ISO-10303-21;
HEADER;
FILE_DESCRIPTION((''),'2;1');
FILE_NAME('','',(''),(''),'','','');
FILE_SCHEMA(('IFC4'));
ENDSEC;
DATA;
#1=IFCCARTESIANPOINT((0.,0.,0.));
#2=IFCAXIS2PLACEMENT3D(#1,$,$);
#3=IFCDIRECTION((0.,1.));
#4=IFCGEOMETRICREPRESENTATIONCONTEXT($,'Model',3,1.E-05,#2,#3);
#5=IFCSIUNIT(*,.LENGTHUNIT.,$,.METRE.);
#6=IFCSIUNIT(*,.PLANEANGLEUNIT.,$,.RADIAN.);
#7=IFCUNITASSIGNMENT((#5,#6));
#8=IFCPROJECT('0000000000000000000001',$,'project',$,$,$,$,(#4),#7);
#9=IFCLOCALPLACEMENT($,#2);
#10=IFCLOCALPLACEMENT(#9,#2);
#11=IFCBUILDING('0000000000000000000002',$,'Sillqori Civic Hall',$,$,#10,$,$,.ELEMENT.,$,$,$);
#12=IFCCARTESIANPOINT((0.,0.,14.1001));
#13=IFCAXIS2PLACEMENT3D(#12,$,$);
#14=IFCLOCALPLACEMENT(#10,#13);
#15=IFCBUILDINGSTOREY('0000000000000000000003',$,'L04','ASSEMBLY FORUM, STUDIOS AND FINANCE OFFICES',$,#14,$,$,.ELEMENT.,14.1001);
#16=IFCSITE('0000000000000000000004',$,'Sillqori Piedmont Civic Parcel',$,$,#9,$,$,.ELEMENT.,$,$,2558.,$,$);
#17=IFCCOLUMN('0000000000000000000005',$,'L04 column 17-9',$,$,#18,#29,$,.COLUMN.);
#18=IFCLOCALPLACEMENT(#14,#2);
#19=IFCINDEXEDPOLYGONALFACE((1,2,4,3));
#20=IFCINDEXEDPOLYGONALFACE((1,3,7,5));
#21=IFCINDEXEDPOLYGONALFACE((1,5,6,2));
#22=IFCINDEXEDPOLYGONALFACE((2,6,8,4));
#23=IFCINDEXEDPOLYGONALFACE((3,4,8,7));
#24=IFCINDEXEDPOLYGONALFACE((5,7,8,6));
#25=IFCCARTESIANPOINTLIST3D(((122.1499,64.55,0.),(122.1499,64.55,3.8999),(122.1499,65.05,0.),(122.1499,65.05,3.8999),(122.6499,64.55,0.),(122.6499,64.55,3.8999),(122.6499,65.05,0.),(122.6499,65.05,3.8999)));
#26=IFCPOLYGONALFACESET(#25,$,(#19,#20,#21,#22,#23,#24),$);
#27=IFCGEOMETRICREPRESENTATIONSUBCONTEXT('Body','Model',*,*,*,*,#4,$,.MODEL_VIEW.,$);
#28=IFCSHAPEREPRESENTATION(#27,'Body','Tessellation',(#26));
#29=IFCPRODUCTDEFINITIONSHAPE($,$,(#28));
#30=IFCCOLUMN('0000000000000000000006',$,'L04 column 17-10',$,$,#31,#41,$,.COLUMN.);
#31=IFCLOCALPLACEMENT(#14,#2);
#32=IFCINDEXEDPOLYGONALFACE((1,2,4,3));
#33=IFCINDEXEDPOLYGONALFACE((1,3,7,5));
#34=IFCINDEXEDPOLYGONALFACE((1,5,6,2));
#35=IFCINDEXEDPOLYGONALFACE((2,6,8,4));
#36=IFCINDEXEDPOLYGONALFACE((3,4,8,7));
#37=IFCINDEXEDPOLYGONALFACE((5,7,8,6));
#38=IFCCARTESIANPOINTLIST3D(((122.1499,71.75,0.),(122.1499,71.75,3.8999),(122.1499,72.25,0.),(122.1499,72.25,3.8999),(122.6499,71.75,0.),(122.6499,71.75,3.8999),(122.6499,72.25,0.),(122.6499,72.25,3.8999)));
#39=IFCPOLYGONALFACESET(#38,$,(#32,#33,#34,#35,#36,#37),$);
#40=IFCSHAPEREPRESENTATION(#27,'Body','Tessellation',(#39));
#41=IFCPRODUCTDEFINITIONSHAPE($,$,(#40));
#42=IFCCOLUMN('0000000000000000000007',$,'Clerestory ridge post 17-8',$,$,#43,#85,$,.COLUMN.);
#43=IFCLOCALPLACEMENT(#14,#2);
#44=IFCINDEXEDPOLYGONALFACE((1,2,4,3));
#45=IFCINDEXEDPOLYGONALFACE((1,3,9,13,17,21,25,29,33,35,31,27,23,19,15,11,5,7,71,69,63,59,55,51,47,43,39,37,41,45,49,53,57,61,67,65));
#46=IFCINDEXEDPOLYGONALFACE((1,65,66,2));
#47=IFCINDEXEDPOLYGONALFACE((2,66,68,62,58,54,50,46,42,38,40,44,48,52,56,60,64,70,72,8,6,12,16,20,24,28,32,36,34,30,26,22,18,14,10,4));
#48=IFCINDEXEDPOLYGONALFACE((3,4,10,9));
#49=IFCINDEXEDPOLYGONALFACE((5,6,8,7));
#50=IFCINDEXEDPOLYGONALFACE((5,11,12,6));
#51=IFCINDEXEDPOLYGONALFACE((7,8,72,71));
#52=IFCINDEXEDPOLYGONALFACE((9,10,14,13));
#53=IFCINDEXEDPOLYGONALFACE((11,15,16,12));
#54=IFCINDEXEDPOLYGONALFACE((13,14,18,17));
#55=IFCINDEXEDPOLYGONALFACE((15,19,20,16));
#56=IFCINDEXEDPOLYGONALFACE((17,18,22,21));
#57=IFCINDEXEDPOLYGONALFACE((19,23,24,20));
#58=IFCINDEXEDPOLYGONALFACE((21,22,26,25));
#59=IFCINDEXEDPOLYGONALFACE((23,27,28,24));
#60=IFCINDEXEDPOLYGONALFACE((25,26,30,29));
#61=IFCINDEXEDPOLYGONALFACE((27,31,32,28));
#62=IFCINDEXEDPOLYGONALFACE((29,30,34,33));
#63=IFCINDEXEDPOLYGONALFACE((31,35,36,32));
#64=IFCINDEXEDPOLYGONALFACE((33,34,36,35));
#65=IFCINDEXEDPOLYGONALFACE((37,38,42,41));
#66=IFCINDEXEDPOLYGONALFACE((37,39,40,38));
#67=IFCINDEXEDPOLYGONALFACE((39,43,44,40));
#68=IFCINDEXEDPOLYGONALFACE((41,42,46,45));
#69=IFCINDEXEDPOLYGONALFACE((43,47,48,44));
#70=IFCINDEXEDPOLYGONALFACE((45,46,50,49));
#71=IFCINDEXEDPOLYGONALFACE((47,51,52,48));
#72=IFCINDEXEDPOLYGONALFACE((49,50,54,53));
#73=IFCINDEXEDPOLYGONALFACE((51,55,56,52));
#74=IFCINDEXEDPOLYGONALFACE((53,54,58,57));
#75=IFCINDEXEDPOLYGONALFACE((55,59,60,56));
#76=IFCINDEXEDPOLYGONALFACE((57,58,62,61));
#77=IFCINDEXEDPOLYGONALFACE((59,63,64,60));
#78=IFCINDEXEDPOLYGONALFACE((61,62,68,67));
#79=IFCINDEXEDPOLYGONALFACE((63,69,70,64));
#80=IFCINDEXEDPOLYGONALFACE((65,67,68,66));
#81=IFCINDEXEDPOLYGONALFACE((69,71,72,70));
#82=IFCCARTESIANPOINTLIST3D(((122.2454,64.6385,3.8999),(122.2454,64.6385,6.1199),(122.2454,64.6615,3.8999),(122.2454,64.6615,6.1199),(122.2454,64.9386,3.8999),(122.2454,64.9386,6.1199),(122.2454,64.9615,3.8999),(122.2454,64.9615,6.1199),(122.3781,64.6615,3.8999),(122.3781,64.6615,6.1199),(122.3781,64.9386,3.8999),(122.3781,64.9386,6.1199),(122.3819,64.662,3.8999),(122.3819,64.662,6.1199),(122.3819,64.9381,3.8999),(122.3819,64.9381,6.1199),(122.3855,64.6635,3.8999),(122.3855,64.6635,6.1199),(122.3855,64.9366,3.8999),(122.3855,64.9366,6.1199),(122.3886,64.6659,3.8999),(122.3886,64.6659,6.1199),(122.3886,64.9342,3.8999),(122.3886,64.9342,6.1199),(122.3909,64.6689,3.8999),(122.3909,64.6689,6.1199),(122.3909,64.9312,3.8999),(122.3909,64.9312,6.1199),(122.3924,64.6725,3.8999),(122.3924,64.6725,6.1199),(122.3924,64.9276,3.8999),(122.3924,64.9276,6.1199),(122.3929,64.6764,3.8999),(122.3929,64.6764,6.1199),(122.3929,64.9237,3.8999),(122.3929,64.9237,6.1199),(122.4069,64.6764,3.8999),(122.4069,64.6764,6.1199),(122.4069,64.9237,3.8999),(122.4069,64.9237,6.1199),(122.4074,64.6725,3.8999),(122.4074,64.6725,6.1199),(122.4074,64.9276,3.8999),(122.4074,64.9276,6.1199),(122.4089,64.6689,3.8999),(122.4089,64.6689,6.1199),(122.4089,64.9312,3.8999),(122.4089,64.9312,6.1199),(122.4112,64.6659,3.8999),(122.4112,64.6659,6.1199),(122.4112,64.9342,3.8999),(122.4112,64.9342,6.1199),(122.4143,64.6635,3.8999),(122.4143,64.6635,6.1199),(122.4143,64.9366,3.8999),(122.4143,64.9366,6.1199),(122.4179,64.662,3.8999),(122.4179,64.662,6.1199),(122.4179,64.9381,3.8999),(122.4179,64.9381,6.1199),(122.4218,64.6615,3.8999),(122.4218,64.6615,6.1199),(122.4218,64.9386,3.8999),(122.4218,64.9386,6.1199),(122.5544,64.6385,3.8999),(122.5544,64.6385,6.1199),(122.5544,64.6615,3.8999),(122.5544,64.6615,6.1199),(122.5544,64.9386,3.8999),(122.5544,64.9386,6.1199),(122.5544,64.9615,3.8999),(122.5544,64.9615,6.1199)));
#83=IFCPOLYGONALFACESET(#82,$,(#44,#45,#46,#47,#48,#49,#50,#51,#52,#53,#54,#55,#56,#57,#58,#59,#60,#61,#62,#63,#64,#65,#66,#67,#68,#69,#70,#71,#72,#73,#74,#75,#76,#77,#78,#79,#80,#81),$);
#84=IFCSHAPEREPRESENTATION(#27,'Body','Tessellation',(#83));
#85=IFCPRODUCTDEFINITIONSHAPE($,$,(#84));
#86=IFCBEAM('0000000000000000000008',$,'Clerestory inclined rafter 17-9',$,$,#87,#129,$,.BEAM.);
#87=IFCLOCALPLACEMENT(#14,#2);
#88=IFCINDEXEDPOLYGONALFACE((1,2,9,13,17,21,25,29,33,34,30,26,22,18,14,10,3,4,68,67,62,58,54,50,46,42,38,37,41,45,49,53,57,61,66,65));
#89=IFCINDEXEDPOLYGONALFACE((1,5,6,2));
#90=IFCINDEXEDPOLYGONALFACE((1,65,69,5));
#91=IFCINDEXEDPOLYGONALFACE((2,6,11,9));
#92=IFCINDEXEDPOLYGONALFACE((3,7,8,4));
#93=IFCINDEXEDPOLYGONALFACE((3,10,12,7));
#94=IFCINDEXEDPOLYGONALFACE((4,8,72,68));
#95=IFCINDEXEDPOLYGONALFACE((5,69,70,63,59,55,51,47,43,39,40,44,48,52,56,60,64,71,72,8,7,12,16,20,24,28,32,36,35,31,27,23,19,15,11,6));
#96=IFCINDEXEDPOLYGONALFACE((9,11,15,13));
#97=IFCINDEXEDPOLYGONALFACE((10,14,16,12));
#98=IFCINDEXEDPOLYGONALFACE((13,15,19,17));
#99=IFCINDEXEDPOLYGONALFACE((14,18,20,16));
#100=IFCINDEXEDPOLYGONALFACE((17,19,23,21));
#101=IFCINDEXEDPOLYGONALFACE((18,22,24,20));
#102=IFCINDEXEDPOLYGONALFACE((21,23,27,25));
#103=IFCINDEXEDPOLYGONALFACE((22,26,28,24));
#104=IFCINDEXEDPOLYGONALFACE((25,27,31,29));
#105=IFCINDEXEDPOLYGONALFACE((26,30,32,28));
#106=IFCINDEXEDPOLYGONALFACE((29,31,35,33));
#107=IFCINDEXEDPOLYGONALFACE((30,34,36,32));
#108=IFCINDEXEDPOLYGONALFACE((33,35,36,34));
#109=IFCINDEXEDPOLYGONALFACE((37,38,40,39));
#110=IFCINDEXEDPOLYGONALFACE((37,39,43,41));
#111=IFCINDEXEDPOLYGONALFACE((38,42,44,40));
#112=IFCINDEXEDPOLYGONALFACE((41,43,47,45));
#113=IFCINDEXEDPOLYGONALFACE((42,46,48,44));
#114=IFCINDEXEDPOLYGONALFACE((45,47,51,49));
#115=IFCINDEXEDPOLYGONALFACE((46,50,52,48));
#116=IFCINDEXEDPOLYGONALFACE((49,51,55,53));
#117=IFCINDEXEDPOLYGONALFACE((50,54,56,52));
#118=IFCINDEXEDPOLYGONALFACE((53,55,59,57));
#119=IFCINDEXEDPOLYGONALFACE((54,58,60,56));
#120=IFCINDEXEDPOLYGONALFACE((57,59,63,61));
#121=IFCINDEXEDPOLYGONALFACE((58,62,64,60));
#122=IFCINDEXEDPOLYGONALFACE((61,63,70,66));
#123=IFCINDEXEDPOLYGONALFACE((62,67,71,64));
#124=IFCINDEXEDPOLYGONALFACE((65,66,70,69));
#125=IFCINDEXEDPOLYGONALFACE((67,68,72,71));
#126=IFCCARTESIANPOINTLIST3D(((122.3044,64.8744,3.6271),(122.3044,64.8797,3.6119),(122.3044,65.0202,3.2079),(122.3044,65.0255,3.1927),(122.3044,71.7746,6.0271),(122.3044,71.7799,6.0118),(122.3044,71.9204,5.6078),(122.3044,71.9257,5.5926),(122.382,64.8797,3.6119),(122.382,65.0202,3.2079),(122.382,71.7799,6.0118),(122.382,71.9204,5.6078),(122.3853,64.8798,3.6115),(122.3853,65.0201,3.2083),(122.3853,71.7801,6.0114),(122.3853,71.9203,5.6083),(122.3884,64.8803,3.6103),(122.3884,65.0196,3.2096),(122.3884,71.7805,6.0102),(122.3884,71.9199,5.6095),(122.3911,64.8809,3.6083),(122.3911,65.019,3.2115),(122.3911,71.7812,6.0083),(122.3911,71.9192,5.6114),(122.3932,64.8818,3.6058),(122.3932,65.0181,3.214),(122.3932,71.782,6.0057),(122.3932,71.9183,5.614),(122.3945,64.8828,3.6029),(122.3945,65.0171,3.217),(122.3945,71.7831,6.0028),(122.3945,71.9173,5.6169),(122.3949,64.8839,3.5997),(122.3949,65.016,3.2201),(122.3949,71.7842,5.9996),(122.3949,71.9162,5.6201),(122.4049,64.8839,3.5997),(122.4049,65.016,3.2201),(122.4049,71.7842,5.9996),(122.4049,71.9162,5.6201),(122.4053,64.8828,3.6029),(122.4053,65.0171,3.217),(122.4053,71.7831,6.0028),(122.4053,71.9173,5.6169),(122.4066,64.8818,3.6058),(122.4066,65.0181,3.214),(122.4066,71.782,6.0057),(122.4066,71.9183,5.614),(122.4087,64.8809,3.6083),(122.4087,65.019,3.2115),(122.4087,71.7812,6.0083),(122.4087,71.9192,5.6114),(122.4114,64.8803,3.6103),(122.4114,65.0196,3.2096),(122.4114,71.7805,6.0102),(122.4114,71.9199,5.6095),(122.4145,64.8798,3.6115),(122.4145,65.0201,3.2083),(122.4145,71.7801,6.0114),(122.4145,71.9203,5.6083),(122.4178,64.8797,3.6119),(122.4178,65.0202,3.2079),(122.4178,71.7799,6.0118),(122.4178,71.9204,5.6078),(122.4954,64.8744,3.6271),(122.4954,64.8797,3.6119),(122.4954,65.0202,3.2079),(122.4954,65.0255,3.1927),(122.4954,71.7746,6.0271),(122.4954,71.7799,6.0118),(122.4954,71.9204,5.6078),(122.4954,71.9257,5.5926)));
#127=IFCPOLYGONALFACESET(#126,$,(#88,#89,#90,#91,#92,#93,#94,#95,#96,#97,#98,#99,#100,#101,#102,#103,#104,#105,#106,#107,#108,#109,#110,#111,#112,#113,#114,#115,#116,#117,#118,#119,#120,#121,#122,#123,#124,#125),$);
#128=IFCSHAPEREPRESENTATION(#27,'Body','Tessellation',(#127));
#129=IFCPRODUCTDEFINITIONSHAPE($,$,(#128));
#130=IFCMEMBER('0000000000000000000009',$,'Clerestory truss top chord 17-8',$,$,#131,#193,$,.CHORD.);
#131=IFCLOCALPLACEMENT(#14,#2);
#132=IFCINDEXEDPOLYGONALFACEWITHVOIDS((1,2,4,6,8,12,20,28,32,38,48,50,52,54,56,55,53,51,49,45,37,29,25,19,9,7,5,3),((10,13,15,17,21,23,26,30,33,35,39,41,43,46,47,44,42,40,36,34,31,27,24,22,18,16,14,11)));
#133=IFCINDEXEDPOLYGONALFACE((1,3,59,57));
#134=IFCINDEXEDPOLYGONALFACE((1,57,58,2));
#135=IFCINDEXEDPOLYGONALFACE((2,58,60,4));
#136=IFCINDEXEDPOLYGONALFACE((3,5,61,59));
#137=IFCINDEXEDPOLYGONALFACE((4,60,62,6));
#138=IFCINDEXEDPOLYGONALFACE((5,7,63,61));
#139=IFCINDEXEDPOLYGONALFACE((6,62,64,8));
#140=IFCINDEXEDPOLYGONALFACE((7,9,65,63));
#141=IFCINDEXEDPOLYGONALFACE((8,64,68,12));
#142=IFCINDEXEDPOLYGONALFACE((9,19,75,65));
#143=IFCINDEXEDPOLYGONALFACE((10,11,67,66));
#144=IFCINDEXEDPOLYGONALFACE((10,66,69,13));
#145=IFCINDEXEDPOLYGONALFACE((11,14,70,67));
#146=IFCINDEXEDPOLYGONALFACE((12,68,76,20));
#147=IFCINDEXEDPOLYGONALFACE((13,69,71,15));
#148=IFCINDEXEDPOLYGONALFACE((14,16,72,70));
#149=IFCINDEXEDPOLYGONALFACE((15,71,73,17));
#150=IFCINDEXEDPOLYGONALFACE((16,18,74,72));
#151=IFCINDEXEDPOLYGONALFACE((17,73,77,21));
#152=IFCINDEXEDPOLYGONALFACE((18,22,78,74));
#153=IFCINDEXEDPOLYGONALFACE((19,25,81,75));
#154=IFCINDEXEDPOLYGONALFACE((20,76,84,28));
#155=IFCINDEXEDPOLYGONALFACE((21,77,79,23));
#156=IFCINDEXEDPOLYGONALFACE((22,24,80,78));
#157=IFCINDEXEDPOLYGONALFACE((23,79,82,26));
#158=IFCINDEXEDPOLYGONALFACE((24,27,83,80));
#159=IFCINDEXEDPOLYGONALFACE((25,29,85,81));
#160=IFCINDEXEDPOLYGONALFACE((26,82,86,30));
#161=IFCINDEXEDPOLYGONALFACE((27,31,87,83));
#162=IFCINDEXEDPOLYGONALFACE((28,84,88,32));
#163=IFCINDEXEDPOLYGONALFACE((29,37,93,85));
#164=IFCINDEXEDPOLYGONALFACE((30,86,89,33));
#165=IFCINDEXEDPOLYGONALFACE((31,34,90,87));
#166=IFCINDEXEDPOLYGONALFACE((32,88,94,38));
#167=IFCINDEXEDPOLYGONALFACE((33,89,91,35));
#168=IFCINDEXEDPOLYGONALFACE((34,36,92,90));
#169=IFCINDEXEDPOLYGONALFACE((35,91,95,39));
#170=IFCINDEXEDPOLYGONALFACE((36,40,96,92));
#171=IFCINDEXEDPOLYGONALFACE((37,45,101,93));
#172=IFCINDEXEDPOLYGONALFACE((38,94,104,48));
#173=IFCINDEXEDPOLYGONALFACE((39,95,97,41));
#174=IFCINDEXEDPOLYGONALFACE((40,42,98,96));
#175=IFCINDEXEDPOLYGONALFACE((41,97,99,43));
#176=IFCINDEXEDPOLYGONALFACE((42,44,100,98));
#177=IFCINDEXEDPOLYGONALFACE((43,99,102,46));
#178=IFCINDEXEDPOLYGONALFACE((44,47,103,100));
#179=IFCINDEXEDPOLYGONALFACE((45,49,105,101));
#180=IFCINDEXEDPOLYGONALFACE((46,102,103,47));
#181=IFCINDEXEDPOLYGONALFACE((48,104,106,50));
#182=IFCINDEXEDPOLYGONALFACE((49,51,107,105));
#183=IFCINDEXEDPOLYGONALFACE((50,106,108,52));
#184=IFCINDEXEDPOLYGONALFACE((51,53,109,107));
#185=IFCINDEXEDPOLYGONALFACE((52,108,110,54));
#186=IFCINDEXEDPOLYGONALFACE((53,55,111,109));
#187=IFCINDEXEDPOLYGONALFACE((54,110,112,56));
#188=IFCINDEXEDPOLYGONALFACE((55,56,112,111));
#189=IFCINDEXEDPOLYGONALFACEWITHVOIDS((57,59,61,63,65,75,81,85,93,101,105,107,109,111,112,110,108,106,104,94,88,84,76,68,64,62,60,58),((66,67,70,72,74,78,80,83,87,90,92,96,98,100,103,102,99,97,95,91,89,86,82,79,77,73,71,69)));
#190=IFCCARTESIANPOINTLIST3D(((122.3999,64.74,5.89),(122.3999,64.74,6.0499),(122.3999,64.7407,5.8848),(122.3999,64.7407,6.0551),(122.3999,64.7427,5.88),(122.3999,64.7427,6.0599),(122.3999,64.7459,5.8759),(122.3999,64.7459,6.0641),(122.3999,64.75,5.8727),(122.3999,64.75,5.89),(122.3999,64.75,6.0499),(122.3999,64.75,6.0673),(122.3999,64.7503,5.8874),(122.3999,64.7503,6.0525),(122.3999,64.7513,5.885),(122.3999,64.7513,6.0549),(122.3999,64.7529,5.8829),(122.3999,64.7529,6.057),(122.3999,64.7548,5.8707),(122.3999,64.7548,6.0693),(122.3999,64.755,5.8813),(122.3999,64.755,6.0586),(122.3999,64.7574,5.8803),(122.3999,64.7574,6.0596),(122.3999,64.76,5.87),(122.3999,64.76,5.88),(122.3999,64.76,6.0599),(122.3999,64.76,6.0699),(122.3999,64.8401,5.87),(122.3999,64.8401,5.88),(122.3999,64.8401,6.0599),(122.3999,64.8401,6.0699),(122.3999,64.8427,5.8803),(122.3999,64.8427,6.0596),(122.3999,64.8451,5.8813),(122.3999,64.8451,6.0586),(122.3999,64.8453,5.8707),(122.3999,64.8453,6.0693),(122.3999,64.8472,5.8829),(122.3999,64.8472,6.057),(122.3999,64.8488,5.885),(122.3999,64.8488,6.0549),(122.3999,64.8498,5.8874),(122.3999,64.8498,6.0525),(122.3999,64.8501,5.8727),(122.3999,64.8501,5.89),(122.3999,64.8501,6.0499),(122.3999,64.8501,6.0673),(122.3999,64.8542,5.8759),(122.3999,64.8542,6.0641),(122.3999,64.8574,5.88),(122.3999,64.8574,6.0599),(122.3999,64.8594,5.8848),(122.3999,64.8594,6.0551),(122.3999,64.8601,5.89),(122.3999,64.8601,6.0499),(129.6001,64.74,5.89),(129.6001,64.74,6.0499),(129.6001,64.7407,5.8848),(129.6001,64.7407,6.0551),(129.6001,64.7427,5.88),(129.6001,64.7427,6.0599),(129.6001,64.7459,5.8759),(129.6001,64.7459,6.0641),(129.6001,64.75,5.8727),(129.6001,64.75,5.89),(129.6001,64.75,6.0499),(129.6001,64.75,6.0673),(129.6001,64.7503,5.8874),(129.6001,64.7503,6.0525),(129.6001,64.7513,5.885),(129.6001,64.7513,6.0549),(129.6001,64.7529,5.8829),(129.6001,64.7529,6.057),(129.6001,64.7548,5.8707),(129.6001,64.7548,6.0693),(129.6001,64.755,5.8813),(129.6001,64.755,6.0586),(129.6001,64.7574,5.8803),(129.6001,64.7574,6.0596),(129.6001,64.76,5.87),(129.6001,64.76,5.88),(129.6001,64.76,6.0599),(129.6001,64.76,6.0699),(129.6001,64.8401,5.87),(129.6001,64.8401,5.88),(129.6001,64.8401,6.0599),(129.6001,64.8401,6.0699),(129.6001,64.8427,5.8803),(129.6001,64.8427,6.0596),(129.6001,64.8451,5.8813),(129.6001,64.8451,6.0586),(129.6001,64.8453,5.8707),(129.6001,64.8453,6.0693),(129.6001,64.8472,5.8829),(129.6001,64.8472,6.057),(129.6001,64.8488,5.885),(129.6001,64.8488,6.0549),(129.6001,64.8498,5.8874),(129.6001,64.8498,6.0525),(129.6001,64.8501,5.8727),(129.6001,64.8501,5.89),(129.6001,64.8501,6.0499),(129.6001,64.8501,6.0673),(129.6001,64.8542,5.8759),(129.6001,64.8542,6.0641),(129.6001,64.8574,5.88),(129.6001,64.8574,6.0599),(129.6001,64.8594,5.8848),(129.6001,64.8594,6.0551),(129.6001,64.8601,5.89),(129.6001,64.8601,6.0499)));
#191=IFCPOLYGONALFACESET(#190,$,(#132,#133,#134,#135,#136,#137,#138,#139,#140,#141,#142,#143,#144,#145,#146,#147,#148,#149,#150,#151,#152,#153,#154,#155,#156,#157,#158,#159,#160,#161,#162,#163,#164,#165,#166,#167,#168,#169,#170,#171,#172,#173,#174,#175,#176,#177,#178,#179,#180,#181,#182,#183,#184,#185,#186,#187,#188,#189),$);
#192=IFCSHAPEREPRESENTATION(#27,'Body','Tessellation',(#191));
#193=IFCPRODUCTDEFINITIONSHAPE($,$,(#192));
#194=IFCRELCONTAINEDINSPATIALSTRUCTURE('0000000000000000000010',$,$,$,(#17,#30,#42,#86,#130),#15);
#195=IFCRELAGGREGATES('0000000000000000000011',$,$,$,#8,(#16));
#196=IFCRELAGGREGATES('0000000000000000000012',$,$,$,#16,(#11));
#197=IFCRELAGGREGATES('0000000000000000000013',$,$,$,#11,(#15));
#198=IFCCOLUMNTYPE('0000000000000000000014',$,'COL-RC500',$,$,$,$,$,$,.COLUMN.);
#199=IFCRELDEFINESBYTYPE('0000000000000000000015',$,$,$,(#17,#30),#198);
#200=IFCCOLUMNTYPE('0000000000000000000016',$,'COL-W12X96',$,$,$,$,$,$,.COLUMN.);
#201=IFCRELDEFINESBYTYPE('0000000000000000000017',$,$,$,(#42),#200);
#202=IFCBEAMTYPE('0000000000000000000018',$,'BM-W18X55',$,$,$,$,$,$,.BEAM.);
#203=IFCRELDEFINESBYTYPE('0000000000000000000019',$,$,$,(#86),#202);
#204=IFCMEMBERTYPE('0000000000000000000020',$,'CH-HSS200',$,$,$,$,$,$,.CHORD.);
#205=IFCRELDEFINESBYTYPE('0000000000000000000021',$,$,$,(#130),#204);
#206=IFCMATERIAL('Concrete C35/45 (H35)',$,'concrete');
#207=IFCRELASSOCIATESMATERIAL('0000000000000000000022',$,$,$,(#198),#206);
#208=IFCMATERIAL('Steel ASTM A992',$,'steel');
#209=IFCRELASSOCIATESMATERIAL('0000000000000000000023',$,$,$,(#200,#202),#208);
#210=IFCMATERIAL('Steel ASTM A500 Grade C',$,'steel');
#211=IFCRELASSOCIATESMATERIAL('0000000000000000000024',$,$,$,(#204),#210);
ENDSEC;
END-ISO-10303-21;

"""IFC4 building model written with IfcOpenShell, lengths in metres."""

from ifc_helpers import new_model, si_unit, direction, frame, origin, origin_2d, place, context, subcontext, project, spatial, rectangle, hollow_rectangle, i_section, extrude, material, material_profile, profile_set, type_object, element, save


model = new_model("IFC4")

# Units and contexts
model_context = context("Model", 3, precision=1e-05, world=origin(), true_north=direction((0.0, 1.0)))
body_context = subcontext(model_context, "Body", "Model", "MODEL_VIEW")
ifc_project = project(units=[si_unit("LENGTHUNIT", "METRE"), si_unit("PLANEANGLEUNIT", "RADIAN")], contexts=[model_context])

# Site, building, storey
site_placement = place(None, origin())
site = spatial("IfcSite", under=ifc_project, at=site_placement, Name="Sillqori Piedmont Civic Parcel", CompositionType="ELEMENT", RefElevation=2558.0)
building_placement = place(site_placement, origin())
building = spatial("IfcBuilding", under=site, at=building_placement, Name="Sillqori Civic Hall", CompositionType="ELEMENT")
storey_placement = place(building_placement, frame((0.0, 0.0, 14.1001)))
storey = spatial("IfcBuildingStorey", under=building, at=storey_placement, Name="L04", Description="ASSEMBLY FORUM, STUDIOS AND FINANCE OFFICES", CompositionType="ELEMENT", Elevation=14.1001)

# Columns
ifc_material_1 = material(Name="Concrete C35/45 (H35)", Category="concrete")
ifc_material_profile_1 = material_profile(ifc_material_1, rectangle(XDim=0.5, YDim=0.5, at=origin_2d()), Name="RC 500x500")
ifc_profile_set_1 = profile_set([ifc_material_profile_1], Name="Concrete C35/45 (H35)")
column_type_1 = type_object("IfcColumnType", Name="COL-RC500", PredefinedType="COLUMN", material=ifc_profile_set_1)
for number, where, z_axis, x_axis, name in (
    (1, (122.3999, 64.8, 0.0), (0.0, 0.0, 1.0), (1.0, 0.0, 0.0), "L04 column 17-9"),
    (2, (122.3999, 72.0, 0.0), (0.0, 0.0, 1.0), (1.0, 0.0, 0.0), "L04 column 17-10"),
):
    element("IfcColumn", number, at=place(storey_placement, frame(where, z_axis=z_axis, x_axis=x_axis)), inside=storey, type_object=column_type_1, Name=name, PredefinedType="COLUMN", context=body_context, shape_type="SweptSolid", body=[
        extrude(rectangle(XDim=0.5, YDim=0.5, at=origin_2d()), origin(), (0.0, 0.0, 1.0), 3.8999),
    ])
ifc_material_2 = material(Name="Steel ASTM A992", Category="steel")
ifc_material_profile_2 = material_profile(ifc_material_2, i_section(OverallWidth=0.3091, OverallDepth=0.323, WebThickness=0.0139, FlangeThickness=0.0229, FilletRadius=0.0149, at=origin_2d()), Name="W12X96")
ifc_profile_set_2 = profile_set([ifc_material_profile_2], Name="Steel ASTM A992")
column_type_2 = type_object("IfcColumnType", Name="COL-W12X96", PredefinedType="COLUMN", material=ifc_profile_set_2)
column_placement = place(storey_placement, frame((122.3999, 64.8, 3.8999), z_axis=(0.0, 0.0, 1.0), x_axis=(1.0, 0.0, 0.0)))
element("IfcColumn", 3, at=column_placement, inside=storey, type_object=column_type_2, Name="Clerestory ridge post 17-8", PredefinedType="COLUMN", context=body_context, shape_type="SweptSolid", body=[
    extrude(i_section(OverallWidth=0.3091, OverallDepth=0.323, WebThickness=0.0139, FlangeThickness=0.0229, FilletRadius=0.0149, at=origin_2d()), origin(), (0.0, 0.0, 1.0), 2.22),
])

# Beam
ifc_material_profile_3 = material_profile(ifc_material_2, i_section(OverallWidth=0.1909, OverallDepth=0.46, WebThickness=0.01, FlangeThickness=0.0161, FilletRadius=0.0129, at=origin_2d()), Name="W18X55")
ifc_profile_set_3 = profile_set([ifc_material_profile_3], Name="Steel ASTM A992")
beam_type_1 = type_object("IfcBeamType", Name="BM-W18X55", PredefinedType="BEAM", material=ifc_profile_set_3)
beam_1_placement = place(storey_placement, frame((122.3999, 64.95, 3.4099), z_axis=(0.0, 0.944503, 0.328502), x_axis=(-1.0, 0.0, 0.0)))
element("IfcBeam", 4, at=beam_1_placement, inside=storey, type_object=beam_type_1, Name="Clerestory inclined rafter 17-9", PredefinedType="BEAM", context=body_context, shape_type="SweptSolid", body=[
    extrude(i_section(OverallWidth=0.1909, OverallDepth=0.46, WebThickness=0.01, FlangeThickness=0.0161, FilletRadius=0.0129, at=origin_2d()), origin(), (0.0, 0.0, 1.0), 7.3057),
])

# Member
ifc_material_3 = material(Name="Steel ASTM A500 Grade C", Category="steel")
ifc_material_profile_4 = material_profile(ifc_material_3, hollow_rectangle(XDim=0.1201, YDim=0.2, WallThickness=0.01, InnerFilletRadius=0.01, OuterFilletRadius=0.02, at=origin_2d()), Name="HSS200X120X10")
ifc_profile_set_4 = profile_set([ifc_material_profile_4], Name="Steel ASTM A500 Grade C")
member_type_1 = type_object("IfcMemberType", Name="CH-HSS200", PredefinedType="CHORD", material=ifc_profile_set_4)
for number, where, z_axis, x_axis, name in (
    (5, (122.3999, 64.8, 5.97), (1.0, 0.0, 0.0), (0.0, 1.0, 0.0), "Clerestory truss top chord 17-8"),
):
    element("IfcMember", number, at=place(storey_placement, frame(where, z_axis=z_axis, x_axis=x_axis)), inside=storey, type_object=member_type_1, Name=name, PredefinedType="CHORD", context=body_context, shape_type="SweptSolid", body=[
        extrude(hollow_rectangle(XDim=0.1201, YDim=0.2, WallThickness=0.01, InnerFilletRadius=0.01, OuterFilletRadius=0.02, at=origin_2d()), origin(), (0.0, 0.0, 1.0), 7.2002),
    ])

save(model, "model.ifc")
